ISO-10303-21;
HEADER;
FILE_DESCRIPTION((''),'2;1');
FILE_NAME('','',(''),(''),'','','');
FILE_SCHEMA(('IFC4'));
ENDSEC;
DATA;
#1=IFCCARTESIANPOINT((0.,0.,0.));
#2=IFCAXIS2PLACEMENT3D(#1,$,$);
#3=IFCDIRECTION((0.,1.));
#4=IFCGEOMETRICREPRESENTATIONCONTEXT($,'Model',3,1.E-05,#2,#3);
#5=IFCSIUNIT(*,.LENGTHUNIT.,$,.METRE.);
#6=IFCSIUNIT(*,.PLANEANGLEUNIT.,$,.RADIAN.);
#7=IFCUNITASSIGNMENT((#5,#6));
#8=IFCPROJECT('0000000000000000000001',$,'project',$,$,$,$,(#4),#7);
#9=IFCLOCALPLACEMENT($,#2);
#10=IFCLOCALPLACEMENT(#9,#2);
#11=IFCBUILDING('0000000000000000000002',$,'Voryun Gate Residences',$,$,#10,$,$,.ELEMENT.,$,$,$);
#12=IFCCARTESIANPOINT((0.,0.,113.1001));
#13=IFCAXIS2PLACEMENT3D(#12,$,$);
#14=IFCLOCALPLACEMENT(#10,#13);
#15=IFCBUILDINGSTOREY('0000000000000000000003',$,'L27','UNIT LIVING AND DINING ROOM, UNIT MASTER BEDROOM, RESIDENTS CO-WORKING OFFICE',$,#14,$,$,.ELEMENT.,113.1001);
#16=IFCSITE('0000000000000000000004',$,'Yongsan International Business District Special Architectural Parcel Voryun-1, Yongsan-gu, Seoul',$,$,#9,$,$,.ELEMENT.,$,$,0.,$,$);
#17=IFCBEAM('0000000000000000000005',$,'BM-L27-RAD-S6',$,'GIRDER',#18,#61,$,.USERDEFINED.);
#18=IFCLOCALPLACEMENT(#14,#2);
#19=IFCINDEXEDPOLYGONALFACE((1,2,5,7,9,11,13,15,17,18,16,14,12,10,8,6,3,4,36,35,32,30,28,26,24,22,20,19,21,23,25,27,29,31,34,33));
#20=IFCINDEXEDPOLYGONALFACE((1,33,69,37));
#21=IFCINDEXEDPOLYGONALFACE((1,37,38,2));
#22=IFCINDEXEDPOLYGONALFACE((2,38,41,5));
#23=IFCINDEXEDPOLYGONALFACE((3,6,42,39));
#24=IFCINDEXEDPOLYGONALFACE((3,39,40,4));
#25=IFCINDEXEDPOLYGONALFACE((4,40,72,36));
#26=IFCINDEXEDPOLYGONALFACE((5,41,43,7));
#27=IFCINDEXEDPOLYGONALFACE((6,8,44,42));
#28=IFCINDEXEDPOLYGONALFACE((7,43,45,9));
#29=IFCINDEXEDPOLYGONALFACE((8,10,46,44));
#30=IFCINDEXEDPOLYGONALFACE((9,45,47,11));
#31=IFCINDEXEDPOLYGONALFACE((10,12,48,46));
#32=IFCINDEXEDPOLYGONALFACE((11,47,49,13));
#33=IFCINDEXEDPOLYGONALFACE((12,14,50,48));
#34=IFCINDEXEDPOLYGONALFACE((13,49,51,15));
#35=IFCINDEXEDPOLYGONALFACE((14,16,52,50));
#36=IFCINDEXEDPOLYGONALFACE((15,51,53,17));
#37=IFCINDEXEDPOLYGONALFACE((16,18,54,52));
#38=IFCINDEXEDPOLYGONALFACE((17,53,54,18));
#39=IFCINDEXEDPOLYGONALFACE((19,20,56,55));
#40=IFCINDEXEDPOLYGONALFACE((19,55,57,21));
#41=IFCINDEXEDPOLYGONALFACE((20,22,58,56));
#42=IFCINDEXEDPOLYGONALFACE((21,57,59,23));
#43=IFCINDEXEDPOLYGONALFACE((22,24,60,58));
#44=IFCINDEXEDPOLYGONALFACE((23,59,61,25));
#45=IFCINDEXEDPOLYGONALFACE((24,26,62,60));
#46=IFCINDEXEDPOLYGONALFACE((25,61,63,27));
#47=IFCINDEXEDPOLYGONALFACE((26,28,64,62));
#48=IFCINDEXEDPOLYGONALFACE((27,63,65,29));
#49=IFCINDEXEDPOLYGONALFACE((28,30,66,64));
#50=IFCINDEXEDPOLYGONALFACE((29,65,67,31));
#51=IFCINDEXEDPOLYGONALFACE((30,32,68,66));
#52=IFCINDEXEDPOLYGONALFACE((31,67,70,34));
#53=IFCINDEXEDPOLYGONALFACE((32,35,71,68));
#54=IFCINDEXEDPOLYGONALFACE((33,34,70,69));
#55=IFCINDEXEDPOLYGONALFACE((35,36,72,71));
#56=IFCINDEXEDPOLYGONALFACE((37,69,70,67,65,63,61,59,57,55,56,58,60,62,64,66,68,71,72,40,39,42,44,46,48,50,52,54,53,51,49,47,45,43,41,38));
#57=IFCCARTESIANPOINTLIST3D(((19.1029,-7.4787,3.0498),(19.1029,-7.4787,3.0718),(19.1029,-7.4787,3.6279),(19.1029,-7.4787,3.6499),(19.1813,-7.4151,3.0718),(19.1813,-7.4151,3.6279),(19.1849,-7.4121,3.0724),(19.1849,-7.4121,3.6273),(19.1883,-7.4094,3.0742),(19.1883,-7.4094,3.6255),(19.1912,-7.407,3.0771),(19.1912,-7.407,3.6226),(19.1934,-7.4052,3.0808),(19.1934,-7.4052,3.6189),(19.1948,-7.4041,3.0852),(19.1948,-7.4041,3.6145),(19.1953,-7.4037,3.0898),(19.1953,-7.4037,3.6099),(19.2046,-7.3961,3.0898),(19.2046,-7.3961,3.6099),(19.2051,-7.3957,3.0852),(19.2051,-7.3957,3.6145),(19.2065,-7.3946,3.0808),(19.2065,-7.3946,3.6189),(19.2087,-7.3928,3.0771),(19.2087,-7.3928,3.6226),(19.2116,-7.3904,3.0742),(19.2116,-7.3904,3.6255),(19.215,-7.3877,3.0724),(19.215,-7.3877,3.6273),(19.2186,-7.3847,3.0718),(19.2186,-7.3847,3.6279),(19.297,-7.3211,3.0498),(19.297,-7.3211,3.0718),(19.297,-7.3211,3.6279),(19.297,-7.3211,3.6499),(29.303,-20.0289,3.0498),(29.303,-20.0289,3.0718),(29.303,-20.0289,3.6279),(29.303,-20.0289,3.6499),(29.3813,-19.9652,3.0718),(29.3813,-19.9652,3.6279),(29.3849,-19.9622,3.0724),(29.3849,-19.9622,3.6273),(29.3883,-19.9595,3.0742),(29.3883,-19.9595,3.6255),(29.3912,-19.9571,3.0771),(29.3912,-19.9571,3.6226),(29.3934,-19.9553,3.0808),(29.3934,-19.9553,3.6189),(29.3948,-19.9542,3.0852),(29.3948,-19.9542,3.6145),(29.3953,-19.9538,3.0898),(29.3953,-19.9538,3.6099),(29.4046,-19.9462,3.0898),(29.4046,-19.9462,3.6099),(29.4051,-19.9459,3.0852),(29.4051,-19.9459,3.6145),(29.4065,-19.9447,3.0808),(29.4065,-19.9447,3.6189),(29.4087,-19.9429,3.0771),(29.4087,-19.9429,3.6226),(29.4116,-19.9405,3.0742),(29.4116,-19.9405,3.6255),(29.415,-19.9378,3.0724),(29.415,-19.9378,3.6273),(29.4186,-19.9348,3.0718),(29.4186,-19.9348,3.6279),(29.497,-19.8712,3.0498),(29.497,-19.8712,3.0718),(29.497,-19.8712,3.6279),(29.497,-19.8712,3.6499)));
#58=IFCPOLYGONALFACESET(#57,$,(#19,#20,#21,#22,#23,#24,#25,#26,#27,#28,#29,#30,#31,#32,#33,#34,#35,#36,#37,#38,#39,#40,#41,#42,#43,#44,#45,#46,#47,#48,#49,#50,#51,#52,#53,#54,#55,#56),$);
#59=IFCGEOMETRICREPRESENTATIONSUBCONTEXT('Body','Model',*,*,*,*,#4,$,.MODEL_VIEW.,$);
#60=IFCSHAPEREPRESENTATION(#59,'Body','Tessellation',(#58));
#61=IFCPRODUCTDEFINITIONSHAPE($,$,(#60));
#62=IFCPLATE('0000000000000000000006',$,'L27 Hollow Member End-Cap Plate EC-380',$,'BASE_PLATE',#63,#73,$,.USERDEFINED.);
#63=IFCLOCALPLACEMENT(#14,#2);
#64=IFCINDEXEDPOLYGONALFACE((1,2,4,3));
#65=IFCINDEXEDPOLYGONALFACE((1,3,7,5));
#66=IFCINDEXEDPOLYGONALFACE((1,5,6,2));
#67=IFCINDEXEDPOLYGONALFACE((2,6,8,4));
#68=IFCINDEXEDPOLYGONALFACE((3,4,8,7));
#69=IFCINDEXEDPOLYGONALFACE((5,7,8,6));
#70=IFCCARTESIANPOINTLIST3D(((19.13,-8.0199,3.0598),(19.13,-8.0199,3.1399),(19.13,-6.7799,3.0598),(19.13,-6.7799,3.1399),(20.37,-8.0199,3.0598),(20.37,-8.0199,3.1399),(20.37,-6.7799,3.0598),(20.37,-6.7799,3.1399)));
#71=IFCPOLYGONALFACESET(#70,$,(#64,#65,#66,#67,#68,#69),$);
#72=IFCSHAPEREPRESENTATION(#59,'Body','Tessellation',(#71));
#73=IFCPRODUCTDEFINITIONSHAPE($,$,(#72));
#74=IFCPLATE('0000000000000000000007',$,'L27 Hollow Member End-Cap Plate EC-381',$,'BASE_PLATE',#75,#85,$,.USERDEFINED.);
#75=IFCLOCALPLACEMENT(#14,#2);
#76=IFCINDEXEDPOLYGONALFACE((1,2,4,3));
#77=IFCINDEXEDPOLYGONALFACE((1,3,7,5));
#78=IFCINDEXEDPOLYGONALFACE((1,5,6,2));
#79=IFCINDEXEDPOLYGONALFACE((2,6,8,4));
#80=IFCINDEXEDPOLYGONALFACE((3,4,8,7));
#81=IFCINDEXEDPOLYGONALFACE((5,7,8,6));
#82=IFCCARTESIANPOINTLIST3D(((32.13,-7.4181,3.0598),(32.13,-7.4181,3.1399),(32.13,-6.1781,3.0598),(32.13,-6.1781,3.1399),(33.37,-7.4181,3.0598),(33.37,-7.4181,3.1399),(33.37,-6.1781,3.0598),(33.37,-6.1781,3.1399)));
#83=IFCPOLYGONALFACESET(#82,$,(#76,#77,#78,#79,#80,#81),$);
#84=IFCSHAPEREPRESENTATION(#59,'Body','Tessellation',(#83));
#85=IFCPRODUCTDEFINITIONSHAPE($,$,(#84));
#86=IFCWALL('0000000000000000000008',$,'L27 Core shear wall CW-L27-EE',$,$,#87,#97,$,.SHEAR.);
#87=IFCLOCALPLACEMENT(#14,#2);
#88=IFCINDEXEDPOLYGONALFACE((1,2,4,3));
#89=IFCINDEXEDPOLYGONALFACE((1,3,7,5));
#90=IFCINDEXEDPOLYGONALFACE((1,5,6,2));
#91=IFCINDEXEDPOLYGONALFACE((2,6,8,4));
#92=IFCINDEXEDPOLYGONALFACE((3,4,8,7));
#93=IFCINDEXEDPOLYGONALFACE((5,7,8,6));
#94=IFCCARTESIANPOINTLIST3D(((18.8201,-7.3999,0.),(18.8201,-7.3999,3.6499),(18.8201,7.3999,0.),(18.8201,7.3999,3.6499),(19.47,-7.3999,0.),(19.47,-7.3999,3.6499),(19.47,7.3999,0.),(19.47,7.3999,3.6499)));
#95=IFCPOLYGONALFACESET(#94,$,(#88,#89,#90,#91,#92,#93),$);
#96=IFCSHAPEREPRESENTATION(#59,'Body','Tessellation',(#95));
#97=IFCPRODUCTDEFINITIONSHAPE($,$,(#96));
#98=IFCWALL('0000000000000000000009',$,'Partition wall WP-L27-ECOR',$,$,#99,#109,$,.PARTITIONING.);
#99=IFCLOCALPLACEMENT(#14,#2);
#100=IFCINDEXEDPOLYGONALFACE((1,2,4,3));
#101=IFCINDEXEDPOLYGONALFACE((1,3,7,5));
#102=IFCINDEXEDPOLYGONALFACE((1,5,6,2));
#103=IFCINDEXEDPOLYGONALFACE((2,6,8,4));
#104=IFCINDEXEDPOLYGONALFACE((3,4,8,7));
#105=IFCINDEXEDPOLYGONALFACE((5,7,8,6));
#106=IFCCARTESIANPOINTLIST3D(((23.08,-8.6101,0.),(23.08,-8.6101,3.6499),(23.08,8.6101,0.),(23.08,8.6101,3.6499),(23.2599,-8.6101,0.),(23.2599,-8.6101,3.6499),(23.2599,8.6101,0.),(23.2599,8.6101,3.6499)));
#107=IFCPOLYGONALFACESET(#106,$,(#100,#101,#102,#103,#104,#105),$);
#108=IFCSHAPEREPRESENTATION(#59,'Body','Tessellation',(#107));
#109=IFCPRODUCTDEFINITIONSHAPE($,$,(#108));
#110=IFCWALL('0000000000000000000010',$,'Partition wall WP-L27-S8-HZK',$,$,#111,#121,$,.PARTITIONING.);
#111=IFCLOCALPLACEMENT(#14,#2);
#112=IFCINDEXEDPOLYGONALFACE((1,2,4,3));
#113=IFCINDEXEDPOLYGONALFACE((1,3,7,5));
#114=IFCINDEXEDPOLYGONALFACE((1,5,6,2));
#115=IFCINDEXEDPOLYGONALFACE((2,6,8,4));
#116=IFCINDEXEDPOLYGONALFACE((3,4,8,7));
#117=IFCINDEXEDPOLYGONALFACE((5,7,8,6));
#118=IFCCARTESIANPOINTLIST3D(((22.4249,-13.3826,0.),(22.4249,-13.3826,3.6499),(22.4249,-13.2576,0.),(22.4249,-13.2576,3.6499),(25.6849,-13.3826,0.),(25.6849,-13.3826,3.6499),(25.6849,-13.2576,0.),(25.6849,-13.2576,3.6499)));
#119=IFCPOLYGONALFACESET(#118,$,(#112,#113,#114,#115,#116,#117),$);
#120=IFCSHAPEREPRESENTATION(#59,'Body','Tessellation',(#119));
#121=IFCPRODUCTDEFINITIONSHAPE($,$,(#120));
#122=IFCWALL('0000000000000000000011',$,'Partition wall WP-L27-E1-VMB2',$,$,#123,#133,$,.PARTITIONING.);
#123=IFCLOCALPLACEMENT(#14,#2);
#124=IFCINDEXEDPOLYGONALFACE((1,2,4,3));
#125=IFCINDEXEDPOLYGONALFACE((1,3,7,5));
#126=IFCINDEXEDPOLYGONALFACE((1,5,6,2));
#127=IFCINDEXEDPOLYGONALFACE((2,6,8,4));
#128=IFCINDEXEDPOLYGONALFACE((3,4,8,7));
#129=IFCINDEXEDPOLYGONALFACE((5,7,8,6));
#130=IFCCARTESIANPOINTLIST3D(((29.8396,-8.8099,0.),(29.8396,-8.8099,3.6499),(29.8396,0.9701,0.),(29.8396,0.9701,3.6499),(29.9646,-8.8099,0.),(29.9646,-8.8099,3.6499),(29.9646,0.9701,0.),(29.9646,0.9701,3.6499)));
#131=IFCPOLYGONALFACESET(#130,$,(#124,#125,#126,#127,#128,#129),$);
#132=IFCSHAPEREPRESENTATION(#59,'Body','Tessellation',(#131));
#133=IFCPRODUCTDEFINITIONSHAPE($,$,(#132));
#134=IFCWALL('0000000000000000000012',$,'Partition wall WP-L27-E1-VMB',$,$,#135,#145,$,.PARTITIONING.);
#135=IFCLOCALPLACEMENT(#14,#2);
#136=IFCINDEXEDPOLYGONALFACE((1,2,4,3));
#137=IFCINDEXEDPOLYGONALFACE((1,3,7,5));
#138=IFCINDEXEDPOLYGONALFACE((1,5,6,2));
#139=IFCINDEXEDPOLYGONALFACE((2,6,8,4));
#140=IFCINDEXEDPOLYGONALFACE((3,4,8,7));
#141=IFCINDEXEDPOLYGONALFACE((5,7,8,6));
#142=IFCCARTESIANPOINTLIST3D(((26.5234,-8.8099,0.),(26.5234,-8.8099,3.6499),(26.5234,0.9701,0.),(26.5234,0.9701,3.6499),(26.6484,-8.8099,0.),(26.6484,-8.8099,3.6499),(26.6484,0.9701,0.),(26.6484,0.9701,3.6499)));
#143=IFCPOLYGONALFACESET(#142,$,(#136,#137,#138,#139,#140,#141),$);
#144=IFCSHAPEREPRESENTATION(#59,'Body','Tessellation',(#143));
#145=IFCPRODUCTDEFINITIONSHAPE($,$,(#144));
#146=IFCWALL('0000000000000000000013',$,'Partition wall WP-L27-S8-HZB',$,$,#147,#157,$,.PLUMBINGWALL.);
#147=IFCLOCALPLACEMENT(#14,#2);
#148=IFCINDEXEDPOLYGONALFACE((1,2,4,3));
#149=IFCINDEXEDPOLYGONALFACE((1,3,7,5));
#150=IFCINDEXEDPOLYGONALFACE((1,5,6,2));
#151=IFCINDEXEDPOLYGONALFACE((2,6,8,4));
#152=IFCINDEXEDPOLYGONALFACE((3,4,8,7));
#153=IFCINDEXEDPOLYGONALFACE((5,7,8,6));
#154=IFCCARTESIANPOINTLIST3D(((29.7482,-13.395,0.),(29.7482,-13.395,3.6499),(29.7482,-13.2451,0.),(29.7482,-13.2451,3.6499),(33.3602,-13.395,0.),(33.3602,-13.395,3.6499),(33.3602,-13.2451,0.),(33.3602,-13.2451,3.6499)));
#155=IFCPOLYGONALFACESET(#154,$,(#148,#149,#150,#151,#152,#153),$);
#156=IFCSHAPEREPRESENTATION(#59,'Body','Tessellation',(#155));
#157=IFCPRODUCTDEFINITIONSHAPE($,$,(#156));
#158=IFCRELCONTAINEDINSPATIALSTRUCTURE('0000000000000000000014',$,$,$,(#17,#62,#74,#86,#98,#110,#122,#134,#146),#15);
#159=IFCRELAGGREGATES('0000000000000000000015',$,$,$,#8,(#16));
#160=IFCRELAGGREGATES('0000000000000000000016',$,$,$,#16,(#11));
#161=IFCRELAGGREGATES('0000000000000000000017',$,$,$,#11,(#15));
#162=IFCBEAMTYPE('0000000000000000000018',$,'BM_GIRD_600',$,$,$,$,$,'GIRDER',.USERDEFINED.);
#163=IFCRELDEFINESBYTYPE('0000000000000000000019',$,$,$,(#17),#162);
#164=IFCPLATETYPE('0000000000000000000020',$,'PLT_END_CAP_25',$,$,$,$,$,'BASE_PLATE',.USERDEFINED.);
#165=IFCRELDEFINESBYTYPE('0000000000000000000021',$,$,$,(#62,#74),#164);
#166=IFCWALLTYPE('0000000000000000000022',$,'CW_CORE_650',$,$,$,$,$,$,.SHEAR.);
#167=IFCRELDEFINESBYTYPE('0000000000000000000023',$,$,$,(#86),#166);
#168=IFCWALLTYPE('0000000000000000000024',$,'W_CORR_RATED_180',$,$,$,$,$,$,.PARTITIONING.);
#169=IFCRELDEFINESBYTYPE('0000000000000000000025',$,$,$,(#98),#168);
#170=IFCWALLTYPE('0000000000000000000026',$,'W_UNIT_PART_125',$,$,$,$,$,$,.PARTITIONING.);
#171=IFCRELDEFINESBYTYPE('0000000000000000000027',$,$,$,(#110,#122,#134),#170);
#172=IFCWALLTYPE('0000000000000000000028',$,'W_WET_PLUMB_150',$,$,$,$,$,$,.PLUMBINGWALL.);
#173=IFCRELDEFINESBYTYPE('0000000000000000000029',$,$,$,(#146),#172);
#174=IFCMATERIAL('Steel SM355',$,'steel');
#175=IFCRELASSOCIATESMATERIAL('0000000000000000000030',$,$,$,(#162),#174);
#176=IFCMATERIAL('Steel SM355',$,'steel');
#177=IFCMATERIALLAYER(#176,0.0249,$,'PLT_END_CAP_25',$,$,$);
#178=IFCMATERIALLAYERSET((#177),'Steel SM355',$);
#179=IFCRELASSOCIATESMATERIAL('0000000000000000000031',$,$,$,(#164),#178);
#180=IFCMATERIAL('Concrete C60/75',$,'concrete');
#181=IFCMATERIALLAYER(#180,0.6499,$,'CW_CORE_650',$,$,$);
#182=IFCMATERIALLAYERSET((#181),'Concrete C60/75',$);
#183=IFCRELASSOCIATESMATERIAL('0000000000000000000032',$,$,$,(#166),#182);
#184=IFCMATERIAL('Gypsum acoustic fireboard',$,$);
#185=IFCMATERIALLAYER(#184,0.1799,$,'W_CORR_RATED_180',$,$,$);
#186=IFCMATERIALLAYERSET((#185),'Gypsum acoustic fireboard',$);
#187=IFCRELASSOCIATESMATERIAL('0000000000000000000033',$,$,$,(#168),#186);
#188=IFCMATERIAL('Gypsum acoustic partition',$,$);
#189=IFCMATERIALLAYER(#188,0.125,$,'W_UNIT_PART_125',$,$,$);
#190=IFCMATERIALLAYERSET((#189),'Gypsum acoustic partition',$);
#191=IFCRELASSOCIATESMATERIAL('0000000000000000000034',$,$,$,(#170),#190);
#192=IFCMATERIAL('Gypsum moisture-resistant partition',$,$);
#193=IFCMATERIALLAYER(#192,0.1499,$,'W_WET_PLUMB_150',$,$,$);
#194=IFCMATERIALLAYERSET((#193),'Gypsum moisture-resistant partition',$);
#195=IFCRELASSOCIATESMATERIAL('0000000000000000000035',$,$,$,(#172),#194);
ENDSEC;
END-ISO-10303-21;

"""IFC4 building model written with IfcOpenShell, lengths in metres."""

from ifc_helpers import new_model, si_unit, direction, frame, frame_2d, origin, origin_2d, place, context, subcontext, project, spatial, rectangle, i_section, extrude, material, layer, layer_set, material_profile, profile_set, type_object, element, save


model = new_model("IFC4")

# Units and contexts
model_context = context("Model", 3, precision=1e-05, world=origin(), true_north=direction((0.0, 1.0)))
body_context = subcontext(model_context, "Body", "Model", "MODEL_VIEW")
ifc_project = project(units=[si_unit("LENGTHUNIT", "METRE"), si_unit("PLANEANGLEUNIT", "RADIAN")], contexts=[model_context])

# Site, building, storey
site_placement = place(None, origin())
site = spatial("IfcSite", under=ifc_project, at=site_placement, Name="Yongsan International Business District Special Architectural Parcel Voryun-1, Yongsan-gu, Seoul", CompositionType="ELEMENT", RefElevation=0.0)
building_placement = place(site_placement, origin())
building = spatial("IfcBuilding", under=site, at=building_placement, Name="Voryun Gate Residences", CompositionType="ELEMENT")
storey_placement = place(building_placement, frame((0.0, 0.0, 113.1001)))
storey = spatial("IfcBuildingStorey", under=building, at=storey_placement, Name="L27", Description="UNIT LIVING AND DINING ROOM, UNIT MASTER BEDROOM, RESIDENTS CO-WORKING OFFICE", CompositionType="ELEMENT", Elevation=113.1001)

# Beam
ifc_material_1 = material(Name="Steel SM355", Category="steel")
ifc_material_profile_1 = material_profile(ifc_material_1, i_section(OverallWidth=0.25, OverallDepth=0.6001, WebThickness=0.012, FlangeThickness=0.022, FilletRadius=0.0181, at=origin_2d()), Name="H-600x250x12x22")
ifc_profile_set_1 = profile_set([ifc_material_profile_1], Name="Steel SM355")
beam_type_1 = type_object("IfcBeamType", Name="BM_GIRD_600", ElementType="GIRDER", PredefinedType="USERDEFINED", material=ifc_profile_set_1)
beam_1_placement = place(storey_placement, frame((19.2, -7.3999, 3.3499), z_axis=(0.630706, -0.776022, 0.0), x_axis=(0.776022, 0.630706, 0.0)))
element("IfcBeam", 1, at=beam_1_placement, inside=storey, type_object=beam_type_1, Name="BM-L27-RAD-S6", ObjectType="GIRDER", PredefinedType="USERDEFINED", context=body_context, shape_type="SweptSolid", body=[
    extrude(i_section(OverallWidth=0.25, OverallDepth=0.6001, WebThickness=0.012, FlangeThickness=0.022, FilletRadius=0.0181, at=origin_2d()), origin(), (0.0, 0.0, 1.0), 16.1724),
])

# Plates
ifc_material_2 = material(Name="Steel SM355", Category="steel")
ifc_layer_1 = layer(ifc_material_2, 0.0249, Name="PLT_END_CAP_25")
ifc_layer_set_1 = layer_set([ifc_layer_1], Name="Steel SM355")
plate_type = type_object("IfcPlateType", Name="PLT_END_CAP_25", ElementType="BASE_PLATE", PredefinedType="USERDEFINED", material=ifc_layer_set_1)
for number, where, z_axis, x_axis, name in (
    (2, (19.75, -7.3999, 3.0598), (0.0, 0.0, 1.0), (1.0, 0.0, 0.0), "L27 Hollow Member End-Cap Plate EC-380"),
    (3, (32.75, -6.7981, 3.0598), (0.0, 0.0, 1.0), (1.0, 0.0, 0.0), "L27 Hollow Member End-Cap Plate EC-381"),
):
    element("IfcPlate", number, at=place(storey_placement, frame(where, z_axis=z_axis, x_axis=x_axis)), inside=storey, type_object=plate_type, Name=name, ObjectType="BASE_PLATE", PredefinedType="USERDEFINED", context=body_context, shape_type="SweptSolid", body=[
        extrude(rectangle(XDim=1.24, YDim=1.24, at=origin_2d()), origin(), (0.0, 0.0, 1.0), 0.0801),
    ])

# Walls
ifc_material_3 = material(Name="Concrete C60/75", Category="concrete")
ifc_layer_2 = layer(ifc_material_3, 0.6499, Name="CW_CORE_650")
ifc_layer_set_2 = layer_set([ifc_layer_2], Name="Concrete C60/75")
wall_type_1 = type_object("IfcWallType", Name="CW_CORE_650", PredefinedType="SHEAR", material=ifc_layer_set_2)
wall_1_placement = place(storey_placement, frame((19.145, -7.3999, 0.0), z_axis=(0.0, 0.0, 1.0), x_axis=(0.0, 1.0, 0.0)))
element("IfcWall", 4, at=wall_1_placement, inside=storey, type_object=wall_type_1, Name="L27 Core shear wall CW-L27-EE", PredefinedType="SHEAR", context=body_context, shape_type="SweptSolid", body=[
    extrude(rectangle(XDim=14.7998, YDim=0.6499, at=frame_2d((7.3999, 0.0))), origin(), (0.0, 0.0, 1.0), 3.6499),
])
ifc_material_4 = material(Name="Gypsum acoustic fireboard")
ifc_layer_3 = layer(ifc_material_4, 0.1799, Name="W_CORR_RATED_180")
ifc_layer_set_3 = layer_set([ifc_layer_3], Name="Gypsum acoustic fireboard")
wall_type_2 = type_object("IfcWallType", Name="W_CORR_RATED_180", PredefinedType="PARTITIONING", material=ifc_layer_set_3)
wall_2_placement = place(storey_placement, frame((23.1699, -8.6101, 0.0), z_axis=(0.0, 0.0, 1.0), x_axis=(0.0, 1.0, 0.0)))
element("IfcWall", 5, at=wall_2_placement, inside=storey, type_object=wall_type_2, Name="Partition wall WP-L27-ECOR", PredefinedType="PARTITIONING", context=body_context, shape_type="SweptSolid", body=[
    extrude(rectangle(XDim=17.2202, YDim=0.1799, at=frame_2d((8.6101, 0.0))), origin(), (0.0, 0.0, 1.0), 3.6499),
])
ifc_material_5 = material(Name="Gypsum acoustic partition")
ifc_layer_4 = layer(ifc_material_5, 0.125, Name="W_UNIT_PART_125")
ifc_layer_set_4 = layer_set([ifc_layer_4], Name="Gypsum acoustic partition")
wall_type_3 = type_object("IfcWallType", Name="W_UNIT_PART_125", PredefinedType="PARTITIONING", material=ifc_layer_set_4)
wall_3_placement = place(storey_placement, frame((22.425, -13.3201, 0.0), z_axis=(0.0, 0.0, 1.0), x_axis=(1.0, 0.0, 0.0)))
element("IfcWall", 6, at=wall_3_placement, inside=storey, type_object=wall_type_3, Name="Partition wall WP-L27-S8-HZK", PredefinedType="PARTITIONING", context=body_context, shape_type="SweptSolid", body=[
    extrude(rectangle(XDim=3.26, YDim=0.125, at=frame_2d((1.6299, 0.0))), origin(), (0.0, 0.0, 1.0), 3.6499),
])
for number, where, z_axis, x_axis, name in (
    (7, (29.9021, -8.8101, 0.0), (0.0, 0.0, 1.0), (0.0, 1.0, 0.0), "Partition wall WP-L27-E1-VMB2"),
    (8, (26.5859, -8.8101, 0.0), (0.0, 0.0, 1.0), (0.0, 1.0, 0.0), "Partition wall WP-L27-E1-VMB"),
):
    element("IfcWall", number, at=place(storey_placement, frame(where, z_axis=z_axis, x_axis=x_axis)), inside=storey, type_object=wall_type_3, Name=name, PredefinedType="PARTITIONING", context=body_context, shape_type="SweptSolid", body=[
        extrude(rectangle(XDim=9.78, YDim=0.125, at=frame_2d((4.8901, 0.0))), origin(), (0.0, 0.0, 1.0), 3.6499),
    ])
ifc_material_6 = material(Name="Gypsum moisture-resistant partition")
ifc_layer_5 = layer(ifc_material_6, 0.1499, Name="W_WET_PLUMB_150")
ifc_layer_set_5 = layer_set([ifc_layer_5], Name="Gypsum moisture-resistant partition")
wall_type_4 = type_object("IfcWallType", Name="W_WET_PLUMB_150", PredefinedType="PLUMBINGWALL", material=ifc_layer_set_5)
wall_4_placement = place(storey_placement, frame((29.748, -13.3201, 0.0), z_axis=(0.0, 0.0, 1.0), x_axis=(1.0, 0.0, 0.0)))
element("IfcWall", 9, at=wall_4_placement, inside=storey, type_object=wall_type_4, Name="Partition wall WP-L27-S8-HZB", PredefinedType="PLUMBINGWALL", context=body_context, shape_type="SweptSolid", body=[
    extrude(rectangle(XDim=3.6121, YDim=0.1499, at=frame_2d((1.8062, 0.0))), origin(), (0.0, 0.0, 1.0), 3.6499),
])

save(model, "model.ifc")
